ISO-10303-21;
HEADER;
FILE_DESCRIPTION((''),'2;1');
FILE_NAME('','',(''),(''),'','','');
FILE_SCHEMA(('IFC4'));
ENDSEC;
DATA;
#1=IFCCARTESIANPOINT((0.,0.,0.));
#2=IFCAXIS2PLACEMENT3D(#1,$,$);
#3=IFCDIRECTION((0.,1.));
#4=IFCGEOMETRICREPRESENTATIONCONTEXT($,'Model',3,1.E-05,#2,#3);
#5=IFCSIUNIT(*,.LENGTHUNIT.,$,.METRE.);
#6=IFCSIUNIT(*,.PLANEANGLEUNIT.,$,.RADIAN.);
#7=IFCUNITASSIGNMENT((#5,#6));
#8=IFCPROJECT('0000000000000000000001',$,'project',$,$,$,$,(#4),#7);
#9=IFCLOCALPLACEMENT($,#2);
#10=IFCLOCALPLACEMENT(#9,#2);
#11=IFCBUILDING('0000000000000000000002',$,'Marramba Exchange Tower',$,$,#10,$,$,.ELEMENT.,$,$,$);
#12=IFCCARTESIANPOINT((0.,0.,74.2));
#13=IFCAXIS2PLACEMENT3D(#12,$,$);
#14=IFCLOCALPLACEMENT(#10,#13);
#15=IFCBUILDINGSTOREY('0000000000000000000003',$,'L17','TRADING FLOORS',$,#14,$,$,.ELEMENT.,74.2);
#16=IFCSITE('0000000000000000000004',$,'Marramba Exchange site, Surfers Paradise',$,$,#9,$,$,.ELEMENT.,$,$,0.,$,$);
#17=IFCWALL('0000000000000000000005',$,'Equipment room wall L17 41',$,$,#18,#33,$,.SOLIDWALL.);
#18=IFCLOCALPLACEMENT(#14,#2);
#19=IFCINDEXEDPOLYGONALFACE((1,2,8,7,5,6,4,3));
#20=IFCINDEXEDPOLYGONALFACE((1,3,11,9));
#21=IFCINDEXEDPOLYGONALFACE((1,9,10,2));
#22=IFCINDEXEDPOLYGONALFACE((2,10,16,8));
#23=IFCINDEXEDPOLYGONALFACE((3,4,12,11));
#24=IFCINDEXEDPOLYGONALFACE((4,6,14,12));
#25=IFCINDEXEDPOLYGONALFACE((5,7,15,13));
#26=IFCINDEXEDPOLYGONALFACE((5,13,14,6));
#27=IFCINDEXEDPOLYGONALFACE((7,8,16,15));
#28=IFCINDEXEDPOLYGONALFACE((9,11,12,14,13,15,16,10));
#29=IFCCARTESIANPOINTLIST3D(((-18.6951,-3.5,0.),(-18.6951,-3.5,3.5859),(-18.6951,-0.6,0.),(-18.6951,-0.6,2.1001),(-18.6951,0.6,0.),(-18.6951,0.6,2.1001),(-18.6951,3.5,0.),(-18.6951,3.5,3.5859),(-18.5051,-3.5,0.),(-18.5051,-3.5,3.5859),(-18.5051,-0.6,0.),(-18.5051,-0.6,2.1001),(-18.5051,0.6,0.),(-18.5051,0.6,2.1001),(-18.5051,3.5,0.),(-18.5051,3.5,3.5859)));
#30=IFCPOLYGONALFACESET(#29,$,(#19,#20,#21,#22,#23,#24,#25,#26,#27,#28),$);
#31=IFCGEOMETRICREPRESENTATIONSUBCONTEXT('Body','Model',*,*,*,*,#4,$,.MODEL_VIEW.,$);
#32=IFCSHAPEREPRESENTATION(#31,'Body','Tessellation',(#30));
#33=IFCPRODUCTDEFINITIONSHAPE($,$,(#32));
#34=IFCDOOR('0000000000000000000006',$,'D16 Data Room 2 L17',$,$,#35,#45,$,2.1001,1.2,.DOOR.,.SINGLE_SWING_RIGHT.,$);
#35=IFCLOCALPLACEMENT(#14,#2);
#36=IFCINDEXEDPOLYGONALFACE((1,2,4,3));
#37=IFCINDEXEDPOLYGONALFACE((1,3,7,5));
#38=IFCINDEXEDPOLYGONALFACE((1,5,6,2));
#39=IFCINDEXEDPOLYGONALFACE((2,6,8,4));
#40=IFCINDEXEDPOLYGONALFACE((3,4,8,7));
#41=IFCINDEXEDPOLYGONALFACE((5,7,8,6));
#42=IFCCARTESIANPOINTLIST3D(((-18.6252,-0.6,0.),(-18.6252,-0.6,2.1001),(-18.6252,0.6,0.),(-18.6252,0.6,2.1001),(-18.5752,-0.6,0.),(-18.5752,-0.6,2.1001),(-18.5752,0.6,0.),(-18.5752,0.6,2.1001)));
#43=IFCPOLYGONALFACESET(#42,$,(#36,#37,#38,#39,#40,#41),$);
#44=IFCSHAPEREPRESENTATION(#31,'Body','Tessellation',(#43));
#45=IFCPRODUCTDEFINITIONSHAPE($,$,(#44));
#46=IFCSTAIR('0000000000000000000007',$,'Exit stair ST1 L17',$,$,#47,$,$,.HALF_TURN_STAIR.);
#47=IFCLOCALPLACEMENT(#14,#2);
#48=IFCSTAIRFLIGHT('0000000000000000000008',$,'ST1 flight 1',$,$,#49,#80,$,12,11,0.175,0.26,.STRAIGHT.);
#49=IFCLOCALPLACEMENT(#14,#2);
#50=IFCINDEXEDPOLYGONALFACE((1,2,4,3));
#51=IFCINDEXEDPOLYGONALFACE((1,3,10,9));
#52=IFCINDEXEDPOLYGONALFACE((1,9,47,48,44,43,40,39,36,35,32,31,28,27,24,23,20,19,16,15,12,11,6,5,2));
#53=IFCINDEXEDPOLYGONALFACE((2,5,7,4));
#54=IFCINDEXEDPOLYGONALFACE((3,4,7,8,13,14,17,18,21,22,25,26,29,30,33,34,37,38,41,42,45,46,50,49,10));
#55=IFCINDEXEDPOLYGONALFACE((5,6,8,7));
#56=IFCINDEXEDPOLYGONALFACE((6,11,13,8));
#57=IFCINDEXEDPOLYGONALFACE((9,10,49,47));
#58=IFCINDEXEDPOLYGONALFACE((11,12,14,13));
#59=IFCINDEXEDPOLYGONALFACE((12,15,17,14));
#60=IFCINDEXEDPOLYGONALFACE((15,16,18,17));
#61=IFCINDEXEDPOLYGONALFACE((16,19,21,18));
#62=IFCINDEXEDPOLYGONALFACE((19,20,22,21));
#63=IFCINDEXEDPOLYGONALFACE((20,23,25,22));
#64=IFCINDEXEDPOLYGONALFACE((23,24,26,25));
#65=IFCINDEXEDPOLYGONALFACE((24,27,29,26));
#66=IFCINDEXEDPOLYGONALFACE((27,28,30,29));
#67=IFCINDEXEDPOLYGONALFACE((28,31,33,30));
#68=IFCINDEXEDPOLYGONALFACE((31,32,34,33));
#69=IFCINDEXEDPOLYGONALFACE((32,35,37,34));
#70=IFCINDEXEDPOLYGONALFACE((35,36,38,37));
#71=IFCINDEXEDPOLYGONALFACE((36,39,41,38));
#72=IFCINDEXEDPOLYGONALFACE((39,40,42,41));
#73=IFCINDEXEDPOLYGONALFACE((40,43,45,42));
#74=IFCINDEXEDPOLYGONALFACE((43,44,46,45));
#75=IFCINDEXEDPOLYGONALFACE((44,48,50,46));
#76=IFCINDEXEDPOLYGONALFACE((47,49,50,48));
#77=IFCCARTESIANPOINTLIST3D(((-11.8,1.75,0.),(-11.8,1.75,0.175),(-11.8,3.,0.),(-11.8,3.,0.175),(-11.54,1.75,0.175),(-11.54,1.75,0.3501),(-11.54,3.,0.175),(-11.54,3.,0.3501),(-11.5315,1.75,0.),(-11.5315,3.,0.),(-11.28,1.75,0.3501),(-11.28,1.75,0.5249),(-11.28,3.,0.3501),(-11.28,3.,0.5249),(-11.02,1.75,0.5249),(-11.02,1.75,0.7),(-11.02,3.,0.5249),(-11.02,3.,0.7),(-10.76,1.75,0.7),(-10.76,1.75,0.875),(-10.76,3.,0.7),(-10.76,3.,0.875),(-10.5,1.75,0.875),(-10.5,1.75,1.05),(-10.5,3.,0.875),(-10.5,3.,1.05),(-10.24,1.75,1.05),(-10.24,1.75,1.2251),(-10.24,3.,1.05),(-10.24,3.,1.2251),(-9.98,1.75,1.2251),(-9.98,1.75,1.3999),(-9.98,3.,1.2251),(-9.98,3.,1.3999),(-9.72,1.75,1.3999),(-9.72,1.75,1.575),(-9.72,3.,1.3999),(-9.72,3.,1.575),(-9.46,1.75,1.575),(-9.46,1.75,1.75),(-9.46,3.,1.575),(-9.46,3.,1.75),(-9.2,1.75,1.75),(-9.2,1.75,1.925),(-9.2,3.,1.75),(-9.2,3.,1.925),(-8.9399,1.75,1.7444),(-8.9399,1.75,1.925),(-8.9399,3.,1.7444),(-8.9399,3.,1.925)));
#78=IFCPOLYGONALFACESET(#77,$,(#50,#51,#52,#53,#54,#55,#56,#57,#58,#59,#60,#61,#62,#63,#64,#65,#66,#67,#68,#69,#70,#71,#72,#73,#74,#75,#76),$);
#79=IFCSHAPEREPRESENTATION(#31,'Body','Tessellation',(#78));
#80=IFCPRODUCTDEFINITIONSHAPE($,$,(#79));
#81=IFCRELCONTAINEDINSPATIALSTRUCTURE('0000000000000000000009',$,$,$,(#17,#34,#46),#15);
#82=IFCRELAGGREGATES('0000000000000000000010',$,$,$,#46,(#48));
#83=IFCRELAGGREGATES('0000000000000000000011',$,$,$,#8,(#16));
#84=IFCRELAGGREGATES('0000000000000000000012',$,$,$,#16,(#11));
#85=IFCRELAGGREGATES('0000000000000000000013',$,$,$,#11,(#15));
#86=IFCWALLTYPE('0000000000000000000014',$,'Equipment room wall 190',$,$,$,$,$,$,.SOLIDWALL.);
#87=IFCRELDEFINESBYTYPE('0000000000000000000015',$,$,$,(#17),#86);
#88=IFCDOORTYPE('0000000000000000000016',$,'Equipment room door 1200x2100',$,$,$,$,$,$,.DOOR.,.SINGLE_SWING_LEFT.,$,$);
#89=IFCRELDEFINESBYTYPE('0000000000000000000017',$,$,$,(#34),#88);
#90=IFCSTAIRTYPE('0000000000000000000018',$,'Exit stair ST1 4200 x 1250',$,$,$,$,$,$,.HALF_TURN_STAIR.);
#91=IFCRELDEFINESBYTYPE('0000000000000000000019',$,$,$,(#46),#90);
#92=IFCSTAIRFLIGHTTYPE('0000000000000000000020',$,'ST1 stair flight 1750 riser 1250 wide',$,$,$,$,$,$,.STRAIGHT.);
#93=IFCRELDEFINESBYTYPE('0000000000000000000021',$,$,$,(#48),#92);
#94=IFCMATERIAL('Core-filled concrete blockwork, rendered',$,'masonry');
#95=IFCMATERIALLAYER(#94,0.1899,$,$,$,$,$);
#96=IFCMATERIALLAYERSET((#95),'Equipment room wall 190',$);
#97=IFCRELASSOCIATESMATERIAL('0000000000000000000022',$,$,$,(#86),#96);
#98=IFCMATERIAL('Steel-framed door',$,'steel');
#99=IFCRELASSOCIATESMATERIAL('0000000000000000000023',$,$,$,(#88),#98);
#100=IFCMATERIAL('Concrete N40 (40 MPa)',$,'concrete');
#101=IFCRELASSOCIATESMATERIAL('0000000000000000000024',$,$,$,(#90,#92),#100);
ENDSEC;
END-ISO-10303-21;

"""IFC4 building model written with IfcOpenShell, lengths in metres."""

from ifc_helpers import new_model, si_unit, direction, frame, frame_2d, origin, place, context, subcontext, project, spatial, polyline, rectangle, outline, extrude, material, layer, layer_set, type_object, element, fill, aggregate, save


model = new_model("IFC4")

# Units and contexts
model_context = context("Model", 3, precision=1e-05, world=origin(), true_north=direction((0.0, 1.0)))
body_context = subcontext(model_context, "Body", "Model", "MODEL_VIEW")
ifc_project = project(units=[si_unit("LENGTHUNIT", "METRE"), si_unit("PLANEANGLEUNIT", "RADIAN")], contexts=[model_context])

# Site, building, storey
site_placement = place(None, origin())
site = spatial("IfcSite", under=ifc_project, at=site_placement, Name="Marramba Exchange site, Surfers Paradise", CompositionType="ELEMENT", RefElevation=0.0)
building_placement = place(site_placement, origin())
building = spatial("IfcBuilding", under=site, at=building_placement, Name="Marramba Exchange Tower", CompositionType="ELEMENT")
storey_placement = place(building_placement, frame((0.0, 0.0, 74.2)))
storey = spatial("IfcBuildingStorey", under=building, at=storey_placement, Name="L17", Description="TRADING FLOORS", CompositionType="ELEMENT", Elevation=74.2)

# Shared definitions
ifc_material_1 = material(Name="Steel-framed door", Category="steel")

# Shared definitions
ifc_material_2 = material(Name="Core-filled concrete blockwork, rendered", Category="masonry")
ifc_layer_1 = layer(ifc_material_2, 0.1899)
ifc_layer_set_1 = layer_set([ifc_layer_1], Name="Equipment room wall 190")
wall_type_1 = type_object("IfcWallType", Name="Equipment room wall 190", PredefinedType="SOLIDWALL", material=ifc_layer_set_1)

# Wall, opening, door
wall_1_placement = place(storey_placement, frame((-18.6001, 3.5, 0.0), z_axis=(0.0, 0.0, 1.0), x_axis=(0.0, -1.0, 0.0)))
wall_1 = element("IfcWall", 1, at=wall_1_placement, inside=storey, type_object=wall_type_1, Name="Equipment room wall L17 41", PredefinedType="SOLIDWALL", context=body_context, shape_type="SweptSolid", body=[
    extrude(rectangle(XDim=7.0, YDim=0.1899, at=frame_2d((3.5, 0.0))), origin(), (0.0, 0.0, 1.0), 3.5859),
])
opening_1_placement = place(wall_1_placement, frame((2.8999, 0.0, 0.0)))
opening_1 = element("IfcOpeningElement", 2, at=opening_1_placement, cuts=wall_1, PredefinedType="OPENING", context=body_context, shape_type="SweptSolid", body=[
    extrude(rectangle(XDim=1.2, YDim=2.1001, at=frame_2d((0.6001, 1.05))), frame((0.0, 0.105, 0.0), z_axis=(0.0, -1.0, 0.0), x_axis=(1.0, 0.0, 0.0)), (0.0, 0.0, 1.0), 0.21),
])
door_type_1 = type_object("IfcDoorType", Name="Equipment room door 1200x2100", OperationType="SINGLE_SWING_LEFT", PredefinedType="DOOR", material=ifc_material_1)
door_1_placement = place(opening_1_placement, origin())
door_1 = element("IfcDoor", 3, at=door_1_placement, inside=storey, type_object=door_type_1, Name="D16 Data Room 2 L17", OperationType="SINGLE_SWING_RIGHT", OverallHeight=2.1001, OverallWidth=1.2, PredefinedType="DOOR", context=body_context, shape_type="SweptSolid", body=[
    extrude(rectangle(XDim=1.2, YDim=2.1001, at=frame_2d((0.6001, 1.05))), frame((0.0, 0.0249, 0.0), z_axis=(0.0, -1.0, 0.0), x_axis=(1.0, 0.0, 0.0)), (0.0, 0.0, 1.0), 0.05),
])
fill(opening_1, door_1)

# Stair, stair flight
ifc_material_3 = material(Name="Concrete N40 (40 MPa)", Category="concrete")
stair_type = type_object("IfcStairType", Name="Exit stair ST1 4200 x 1250", PredefinedType="HALF_TURN_STAIR", material=ifc_material_3)
stair_placement = place(storey_placement, origin())
stair = element("IfcStair", 4, at=stair_placement, inside=storey, type_object=stair_type, Name="Exit stair ST1 L17", PredefinedType="HALF_TURN_STAIR")
stair_flight_type = type_object("IfcStairFlightType", Name="ST1 stair flight 1750 riser 1250 wide", PredefinedType="STRAIGHT", material=ifc_material_3)
stair_flight_placement = place(storey_placement, frame((-11.8, 2.375, 0.0), z_axis=(0.0, 0.0, 1.0), x_axis=(1.0, 0.0, 0.0)))
stair_flight = element("IfcStairFlight", 5, at=stair_flight_placement, type_object=stair_flight_type, Name="ST1 flight 1", NumberOfRisers=12, NumberOfTreads=11, PredefinedType="STRAIGHT", RiserHeight=0.175, TreadLength=0.26, context=body_context, shape_type="SweptSolid", body=[
    extrude(outline(polyline([(0.0, 0.0), (0.0, 0.175), (0.26, 0.175), (0.26, 0.3501), (0.52, 0.3501), (0.52, 0.5249), (0.78, 0.5249), (0.78, 0.7), (1.04, 0.7), (1.04, 0.875), (1.3, 0.875), (1.3, 1.05), (1.5601, 1.05), (1.5601, 1.2251), (1.8201, 1.2251), (1.8201, 1.3999), (2.0801, 1.3999), (2.0801, 1.575), (2.3401, 1.575), (2.3401, 1.75), (2.6001, 1.75), (2.6001, 1.925), (2.8601, 1.925), (2.8601, 2.1001), (2.8601, 1.7444), (0.2686, 0.0), (0.0, 0.0)])), frame((0.0, 0.625, 0.0), z_axis=(0.0, -1.0, 0.0), x_axis=(1.0, 0.0, 0.0)), (0.0, 0.0, 1.0), 1.25),
])
aggregate(stair, [stair_flight])

save(model, "model.ifc")
